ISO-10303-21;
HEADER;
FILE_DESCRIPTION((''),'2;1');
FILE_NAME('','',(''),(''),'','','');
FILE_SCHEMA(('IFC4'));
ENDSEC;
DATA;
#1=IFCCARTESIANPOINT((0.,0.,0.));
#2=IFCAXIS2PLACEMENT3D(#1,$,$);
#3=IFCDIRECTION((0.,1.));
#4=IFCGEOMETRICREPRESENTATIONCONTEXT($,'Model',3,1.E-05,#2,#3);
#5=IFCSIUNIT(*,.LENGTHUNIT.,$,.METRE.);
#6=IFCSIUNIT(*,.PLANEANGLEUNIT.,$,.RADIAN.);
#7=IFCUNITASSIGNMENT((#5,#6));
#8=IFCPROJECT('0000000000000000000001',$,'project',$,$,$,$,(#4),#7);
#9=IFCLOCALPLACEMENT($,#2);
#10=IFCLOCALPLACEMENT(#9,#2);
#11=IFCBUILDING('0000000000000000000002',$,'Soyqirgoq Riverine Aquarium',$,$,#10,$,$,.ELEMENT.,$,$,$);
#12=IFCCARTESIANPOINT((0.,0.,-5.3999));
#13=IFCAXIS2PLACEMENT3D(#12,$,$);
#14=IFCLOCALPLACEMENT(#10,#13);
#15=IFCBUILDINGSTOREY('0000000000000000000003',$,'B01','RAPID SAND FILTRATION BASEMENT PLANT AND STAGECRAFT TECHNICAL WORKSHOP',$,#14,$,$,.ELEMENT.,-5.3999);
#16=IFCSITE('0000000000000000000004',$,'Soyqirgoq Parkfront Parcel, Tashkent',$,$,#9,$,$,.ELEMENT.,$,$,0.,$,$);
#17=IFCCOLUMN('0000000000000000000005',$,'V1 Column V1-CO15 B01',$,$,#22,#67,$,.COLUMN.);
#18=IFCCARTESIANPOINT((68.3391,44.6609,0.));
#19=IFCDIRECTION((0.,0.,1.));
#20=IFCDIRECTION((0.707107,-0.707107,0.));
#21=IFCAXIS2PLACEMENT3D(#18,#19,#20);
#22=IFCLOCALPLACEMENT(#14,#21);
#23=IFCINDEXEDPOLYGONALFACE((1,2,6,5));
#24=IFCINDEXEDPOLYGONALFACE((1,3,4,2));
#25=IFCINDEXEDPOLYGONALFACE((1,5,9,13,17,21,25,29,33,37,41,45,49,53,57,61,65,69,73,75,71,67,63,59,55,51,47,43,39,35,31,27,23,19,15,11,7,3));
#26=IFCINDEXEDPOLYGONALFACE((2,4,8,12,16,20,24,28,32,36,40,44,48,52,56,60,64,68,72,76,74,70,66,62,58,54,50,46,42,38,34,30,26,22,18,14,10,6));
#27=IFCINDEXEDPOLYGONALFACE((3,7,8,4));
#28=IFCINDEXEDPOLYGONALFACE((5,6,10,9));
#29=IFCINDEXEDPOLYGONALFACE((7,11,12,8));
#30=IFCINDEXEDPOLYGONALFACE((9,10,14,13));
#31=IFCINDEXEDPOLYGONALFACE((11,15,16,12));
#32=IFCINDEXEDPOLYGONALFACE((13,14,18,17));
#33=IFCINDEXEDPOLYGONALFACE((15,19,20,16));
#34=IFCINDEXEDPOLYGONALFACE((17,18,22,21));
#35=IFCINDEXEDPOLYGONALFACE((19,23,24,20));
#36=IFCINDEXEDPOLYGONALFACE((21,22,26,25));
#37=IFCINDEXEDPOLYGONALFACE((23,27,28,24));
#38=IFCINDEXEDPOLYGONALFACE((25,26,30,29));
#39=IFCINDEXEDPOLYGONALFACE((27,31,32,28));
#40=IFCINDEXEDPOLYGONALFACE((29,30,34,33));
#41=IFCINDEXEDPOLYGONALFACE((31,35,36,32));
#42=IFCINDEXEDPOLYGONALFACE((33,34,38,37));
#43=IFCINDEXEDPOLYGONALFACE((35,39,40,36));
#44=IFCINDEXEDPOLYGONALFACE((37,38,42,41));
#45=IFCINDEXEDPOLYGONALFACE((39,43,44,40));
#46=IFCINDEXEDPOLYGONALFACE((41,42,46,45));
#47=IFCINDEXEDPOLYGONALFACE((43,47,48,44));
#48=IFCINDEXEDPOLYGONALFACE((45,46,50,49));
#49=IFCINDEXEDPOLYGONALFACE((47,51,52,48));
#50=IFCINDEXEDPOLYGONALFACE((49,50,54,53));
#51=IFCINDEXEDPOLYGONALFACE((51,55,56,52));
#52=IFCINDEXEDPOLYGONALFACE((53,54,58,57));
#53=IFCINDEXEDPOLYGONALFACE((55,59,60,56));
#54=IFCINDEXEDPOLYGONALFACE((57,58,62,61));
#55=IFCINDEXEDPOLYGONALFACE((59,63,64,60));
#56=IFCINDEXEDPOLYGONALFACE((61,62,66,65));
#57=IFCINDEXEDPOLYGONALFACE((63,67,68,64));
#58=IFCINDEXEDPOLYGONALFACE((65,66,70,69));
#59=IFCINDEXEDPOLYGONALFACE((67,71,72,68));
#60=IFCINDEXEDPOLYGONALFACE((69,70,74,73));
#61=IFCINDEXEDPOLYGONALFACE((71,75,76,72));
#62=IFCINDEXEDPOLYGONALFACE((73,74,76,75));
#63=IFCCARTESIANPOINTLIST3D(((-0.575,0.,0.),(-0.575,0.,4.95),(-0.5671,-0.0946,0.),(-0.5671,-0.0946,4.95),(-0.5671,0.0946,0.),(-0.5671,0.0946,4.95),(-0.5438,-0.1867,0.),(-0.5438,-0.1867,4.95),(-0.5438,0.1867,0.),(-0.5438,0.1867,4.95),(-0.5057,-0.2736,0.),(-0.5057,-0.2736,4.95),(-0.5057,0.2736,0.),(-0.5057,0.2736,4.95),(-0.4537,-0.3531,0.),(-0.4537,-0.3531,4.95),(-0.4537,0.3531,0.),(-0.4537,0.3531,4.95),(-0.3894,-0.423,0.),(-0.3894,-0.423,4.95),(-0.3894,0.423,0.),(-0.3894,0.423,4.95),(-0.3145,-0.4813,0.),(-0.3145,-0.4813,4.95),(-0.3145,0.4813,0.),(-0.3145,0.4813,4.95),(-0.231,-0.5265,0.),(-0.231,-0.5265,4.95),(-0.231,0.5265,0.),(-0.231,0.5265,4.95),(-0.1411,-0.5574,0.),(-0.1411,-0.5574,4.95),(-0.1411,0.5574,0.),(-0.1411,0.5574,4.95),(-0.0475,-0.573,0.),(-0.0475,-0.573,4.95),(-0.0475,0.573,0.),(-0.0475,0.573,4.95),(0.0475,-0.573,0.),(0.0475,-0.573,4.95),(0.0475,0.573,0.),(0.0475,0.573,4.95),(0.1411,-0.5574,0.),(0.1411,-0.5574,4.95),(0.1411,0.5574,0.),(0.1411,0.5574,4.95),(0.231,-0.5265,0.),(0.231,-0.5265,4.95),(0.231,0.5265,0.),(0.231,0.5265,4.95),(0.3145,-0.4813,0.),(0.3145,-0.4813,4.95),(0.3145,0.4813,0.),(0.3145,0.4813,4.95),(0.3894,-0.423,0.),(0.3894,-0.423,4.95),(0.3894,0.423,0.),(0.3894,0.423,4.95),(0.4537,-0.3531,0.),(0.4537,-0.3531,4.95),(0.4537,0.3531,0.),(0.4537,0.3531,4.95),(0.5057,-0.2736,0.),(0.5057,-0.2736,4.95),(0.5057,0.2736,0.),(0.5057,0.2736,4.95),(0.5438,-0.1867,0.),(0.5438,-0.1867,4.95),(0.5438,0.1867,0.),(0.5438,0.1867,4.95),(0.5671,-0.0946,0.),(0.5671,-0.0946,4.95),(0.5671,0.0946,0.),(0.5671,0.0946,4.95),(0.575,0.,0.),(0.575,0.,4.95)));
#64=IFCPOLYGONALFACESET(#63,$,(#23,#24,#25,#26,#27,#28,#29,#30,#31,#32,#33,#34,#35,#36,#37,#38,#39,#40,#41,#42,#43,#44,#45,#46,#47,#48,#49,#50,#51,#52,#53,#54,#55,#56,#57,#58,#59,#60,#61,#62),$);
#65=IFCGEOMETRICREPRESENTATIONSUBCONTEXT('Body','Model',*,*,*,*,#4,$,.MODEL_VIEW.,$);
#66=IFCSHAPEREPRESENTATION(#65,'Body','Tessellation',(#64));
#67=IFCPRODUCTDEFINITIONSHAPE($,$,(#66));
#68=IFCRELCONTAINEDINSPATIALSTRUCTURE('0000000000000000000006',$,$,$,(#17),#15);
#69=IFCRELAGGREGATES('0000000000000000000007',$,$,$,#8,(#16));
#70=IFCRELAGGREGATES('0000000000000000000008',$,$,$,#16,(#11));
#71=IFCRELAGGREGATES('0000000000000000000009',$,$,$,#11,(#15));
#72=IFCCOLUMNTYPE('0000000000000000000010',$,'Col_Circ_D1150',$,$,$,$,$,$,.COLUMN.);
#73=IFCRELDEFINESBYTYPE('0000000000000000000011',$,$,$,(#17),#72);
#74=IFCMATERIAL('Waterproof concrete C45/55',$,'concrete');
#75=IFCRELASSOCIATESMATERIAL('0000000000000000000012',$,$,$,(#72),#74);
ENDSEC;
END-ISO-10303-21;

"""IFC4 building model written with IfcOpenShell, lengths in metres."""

from ifc_helpers import new_model, si_unit, direction, frame, origin, origin_2d, place, context, subcontext, project, spatial, circle, extrude, material, material_profile, profile_set, type_object, element, save


model = new_model("IFC4")

# Units and contexts
model_context = context("Model", 3, precision=1e-05, world=origin(), true_north=direction((0.0, 1.0)))
body_context = subcontext(model_context, "Body", "Model", "MODEL_VIEW")
ifc_project = project(units=[si_unit("LENGTHUNIT", "METRE"), si_unit("PLANEANGLEUNIT", "RADIAN")], contexts=[model_context])

# Site, building, storey
site_placement = place(None, origin())
site = spatial("IfcSite", under=ifc_project, at=site_placement, Name="Soyqirgoq Parkfront Parcel, Tashkent", CompositionType="ELEMENT", RefElevation=0.0)
building_placement = place(site_placement, origin())
building = spatial("IfcBuilding", under=site, at=building_placement, Name="Soyqirgoq Riverine Aquarium", CompositionType="ELEMENT")
storey_placement = place(building_placement, frame((0.0, 0.0, -5.3999)))
storey = spatial("IfcBuildingStorey", under=building, at=storey_placement, Name="B01", Description="RAPID SAND FILTRATION BASEMENT PLANT AND STAGECRAFT TECHNICAL WORKSHOP", CompositionType="ELEMENT", Elevation=-5.3999)

# Column
ifc_material_1 = material(Name="Waterproof concrete C45/55", Category="concrete")
ifc_material_profile_1 = material_profile(ifc_material_1, circle(Radius=0.575, at=origin_2d()), Name="RC-COL D1150")
ifc_profile_set_1 = profile_set([ifc_material_profile_1], Name="Waterproof concrete C45/55")
column_type_1 = type_object("IfcColumnType", Name="Col_Circ_D1150", PredefinedType="COLUMN", material=ifc_profile_set_1)
column_1_placement = place(storey_placement, frame((68.3391, 44.6609, 0.0), z_axis=(0.0, 0.0, 1.0), x_axis=(0.707107, -0.707107, 0.0)))
element("IfcColumn", 1, at=column_1_placement, inside=storey, type_object=column_type_1, Name="V1 Column V1-CO15 B01", PredefinedType="COLUMN", context=body_context, shape_type="SweptSolid", body=[
    extrude(circle(Radius=0.575, at=origin_2d()), origin(), (0.0, 0.0, 1.0), 4.95),
])

save(model, "model.ifc")
